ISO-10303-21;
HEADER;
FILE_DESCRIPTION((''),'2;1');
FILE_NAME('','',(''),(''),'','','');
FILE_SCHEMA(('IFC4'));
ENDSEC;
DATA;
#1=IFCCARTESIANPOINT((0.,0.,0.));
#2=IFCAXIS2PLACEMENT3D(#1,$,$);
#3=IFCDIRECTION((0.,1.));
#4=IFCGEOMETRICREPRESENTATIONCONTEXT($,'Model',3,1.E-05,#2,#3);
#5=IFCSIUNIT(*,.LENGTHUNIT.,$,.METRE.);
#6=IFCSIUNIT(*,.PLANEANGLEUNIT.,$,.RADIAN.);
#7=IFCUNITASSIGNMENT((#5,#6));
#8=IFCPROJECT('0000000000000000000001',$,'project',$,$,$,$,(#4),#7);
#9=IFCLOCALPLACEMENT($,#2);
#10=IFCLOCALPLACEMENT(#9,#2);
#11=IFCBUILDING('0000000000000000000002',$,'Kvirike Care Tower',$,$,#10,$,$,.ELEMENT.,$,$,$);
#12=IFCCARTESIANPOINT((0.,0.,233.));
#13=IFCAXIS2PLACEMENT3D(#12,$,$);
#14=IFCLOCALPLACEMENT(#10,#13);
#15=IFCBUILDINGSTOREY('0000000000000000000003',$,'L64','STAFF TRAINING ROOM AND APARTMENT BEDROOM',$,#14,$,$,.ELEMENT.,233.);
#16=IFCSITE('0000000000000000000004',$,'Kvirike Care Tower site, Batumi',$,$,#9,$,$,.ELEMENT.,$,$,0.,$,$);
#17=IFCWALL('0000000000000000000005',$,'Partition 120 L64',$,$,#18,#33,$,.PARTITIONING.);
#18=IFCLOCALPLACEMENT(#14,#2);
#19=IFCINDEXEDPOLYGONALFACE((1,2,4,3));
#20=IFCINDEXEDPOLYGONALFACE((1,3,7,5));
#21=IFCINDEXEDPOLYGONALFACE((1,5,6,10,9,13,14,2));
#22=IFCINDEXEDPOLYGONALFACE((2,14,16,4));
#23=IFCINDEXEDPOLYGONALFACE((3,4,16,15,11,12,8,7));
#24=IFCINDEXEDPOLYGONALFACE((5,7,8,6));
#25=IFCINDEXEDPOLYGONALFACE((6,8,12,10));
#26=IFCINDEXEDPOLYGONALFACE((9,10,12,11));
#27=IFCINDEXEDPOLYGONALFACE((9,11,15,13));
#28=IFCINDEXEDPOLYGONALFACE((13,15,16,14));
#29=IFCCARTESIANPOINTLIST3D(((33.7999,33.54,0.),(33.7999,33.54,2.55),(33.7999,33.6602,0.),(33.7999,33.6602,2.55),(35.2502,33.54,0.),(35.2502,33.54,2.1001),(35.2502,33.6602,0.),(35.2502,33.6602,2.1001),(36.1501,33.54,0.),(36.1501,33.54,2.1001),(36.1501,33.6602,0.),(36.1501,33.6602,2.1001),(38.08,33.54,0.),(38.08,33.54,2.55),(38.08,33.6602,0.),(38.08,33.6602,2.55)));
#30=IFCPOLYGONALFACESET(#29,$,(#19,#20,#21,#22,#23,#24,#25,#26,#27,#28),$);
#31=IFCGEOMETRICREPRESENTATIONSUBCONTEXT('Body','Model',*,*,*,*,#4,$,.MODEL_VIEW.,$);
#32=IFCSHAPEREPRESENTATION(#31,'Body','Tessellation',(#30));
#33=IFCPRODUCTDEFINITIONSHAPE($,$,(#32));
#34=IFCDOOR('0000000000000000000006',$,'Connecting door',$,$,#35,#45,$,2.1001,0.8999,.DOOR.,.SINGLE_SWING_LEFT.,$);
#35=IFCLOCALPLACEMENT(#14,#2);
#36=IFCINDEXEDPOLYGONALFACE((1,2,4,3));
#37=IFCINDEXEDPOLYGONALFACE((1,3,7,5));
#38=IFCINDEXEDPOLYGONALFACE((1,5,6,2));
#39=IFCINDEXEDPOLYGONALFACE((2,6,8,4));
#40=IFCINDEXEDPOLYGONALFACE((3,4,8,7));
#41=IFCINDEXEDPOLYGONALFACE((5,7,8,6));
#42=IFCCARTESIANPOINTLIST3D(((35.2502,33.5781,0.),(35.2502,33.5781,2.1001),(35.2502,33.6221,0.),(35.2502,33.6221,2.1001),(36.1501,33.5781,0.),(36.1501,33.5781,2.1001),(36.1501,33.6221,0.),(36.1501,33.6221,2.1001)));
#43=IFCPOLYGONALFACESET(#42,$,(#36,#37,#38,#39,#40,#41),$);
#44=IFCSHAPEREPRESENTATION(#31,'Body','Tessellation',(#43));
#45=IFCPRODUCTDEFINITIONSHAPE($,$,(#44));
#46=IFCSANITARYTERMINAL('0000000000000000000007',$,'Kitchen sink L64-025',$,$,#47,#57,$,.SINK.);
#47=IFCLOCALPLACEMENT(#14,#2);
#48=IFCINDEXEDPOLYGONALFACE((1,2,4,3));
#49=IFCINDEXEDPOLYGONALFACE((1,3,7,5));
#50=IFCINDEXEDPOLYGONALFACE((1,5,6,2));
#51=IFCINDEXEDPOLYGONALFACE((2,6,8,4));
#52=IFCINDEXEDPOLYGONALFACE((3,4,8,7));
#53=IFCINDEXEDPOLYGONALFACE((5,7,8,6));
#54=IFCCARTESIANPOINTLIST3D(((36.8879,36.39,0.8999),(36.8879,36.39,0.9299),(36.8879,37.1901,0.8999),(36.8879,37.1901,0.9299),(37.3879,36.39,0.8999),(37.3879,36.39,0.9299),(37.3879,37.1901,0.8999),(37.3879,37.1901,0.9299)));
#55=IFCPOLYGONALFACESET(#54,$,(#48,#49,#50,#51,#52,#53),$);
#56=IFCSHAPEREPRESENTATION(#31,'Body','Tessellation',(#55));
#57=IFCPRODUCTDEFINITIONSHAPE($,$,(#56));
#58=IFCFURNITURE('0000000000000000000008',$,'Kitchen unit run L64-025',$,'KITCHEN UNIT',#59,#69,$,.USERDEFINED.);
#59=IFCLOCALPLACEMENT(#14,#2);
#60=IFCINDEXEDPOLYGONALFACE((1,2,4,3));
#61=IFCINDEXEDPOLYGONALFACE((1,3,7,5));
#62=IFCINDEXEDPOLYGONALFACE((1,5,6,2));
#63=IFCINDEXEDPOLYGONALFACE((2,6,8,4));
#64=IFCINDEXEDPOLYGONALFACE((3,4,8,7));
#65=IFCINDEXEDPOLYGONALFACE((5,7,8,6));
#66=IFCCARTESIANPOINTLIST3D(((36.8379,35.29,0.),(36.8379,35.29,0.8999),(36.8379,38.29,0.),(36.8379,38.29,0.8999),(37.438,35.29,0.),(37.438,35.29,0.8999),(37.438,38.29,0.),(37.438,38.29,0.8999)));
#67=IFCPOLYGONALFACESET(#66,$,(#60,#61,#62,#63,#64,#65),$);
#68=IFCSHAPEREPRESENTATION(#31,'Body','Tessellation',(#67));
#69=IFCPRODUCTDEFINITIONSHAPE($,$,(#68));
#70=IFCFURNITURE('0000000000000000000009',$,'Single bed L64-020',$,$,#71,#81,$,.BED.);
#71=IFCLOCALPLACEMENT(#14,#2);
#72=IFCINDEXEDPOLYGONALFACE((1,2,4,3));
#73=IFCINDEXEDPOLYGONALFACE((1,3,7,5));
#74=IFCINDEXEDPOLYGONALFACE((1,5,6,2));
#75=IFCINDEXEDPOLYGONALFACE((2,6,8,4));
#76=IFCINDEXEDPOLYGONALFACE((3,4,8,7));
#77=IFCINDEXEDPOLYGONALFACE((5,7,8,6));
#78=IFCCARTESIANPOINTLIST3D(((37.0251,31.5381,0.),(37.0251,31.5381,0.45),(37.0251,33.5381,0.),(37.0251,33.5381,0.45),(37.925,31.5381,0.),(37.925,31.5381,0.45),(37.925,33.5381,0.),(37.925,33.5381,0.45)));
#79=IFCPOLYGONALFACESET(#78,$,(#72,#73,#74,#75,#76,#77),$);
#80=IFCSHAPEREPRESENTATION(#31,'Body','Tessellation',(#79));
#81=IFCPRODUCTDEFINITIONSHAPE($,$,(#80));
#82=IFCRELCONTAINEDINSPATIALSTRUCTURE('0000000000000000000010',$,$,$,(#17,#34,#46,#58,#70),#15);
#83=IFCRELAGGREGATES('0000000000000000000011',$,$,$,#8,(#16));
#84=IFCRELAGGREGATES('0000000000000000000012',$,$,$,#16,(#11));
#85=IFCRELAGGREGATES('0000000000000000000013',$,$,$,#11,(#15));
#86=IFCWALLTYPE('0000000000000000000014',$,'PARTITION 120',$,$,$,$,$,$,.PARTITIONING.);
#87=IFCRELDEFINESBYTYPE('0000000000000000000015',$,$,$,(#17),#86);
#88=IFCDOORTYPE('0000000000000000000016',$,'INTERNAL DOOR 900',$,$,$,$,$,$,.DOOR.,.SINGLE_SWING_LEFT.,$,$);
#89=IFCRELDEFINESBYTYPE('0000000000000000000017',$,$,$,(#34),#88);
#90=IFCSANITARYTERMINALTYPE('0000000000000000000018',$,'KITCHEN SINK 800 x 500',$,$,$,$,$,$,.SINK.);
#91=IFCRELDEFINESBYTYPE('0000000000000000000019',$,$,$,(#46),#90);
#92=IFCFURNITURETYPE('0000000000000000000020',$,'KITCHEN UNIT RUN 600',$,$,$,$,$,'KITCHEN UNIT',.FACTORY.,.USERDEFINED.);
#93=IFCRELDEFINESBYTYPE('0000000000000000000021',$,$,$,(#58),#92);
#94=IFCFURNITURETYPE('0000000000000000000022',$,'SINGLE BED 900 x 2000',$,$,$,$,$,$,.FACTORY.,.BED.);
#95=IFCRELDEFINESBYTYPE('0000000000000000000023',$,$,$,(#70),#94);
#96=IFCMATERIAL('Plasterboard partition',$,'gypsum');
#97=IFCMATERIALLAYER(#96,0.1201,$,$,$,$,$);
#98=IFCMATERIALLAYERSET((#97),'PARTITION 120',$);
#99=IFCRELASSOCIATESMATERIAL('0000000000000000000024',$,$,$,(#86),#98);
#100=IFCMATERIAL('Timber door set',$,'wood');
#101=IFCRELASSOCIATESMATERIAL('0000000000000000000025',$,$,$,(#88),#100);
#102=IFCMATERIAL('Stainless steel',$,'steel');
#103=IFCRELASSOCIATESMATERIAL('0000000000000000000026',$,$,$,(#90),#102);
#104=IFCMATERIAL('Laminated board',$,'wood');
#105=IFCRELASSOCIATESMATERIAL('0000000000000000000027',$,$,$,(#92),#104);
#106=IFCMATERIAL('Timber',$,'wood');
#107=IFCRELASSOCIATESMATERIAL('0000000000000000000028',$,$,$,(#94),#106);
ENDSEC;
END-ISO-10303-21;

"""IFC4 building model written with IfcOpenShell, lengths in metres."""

from ifc_helpers import new_model, si_unit, direction, frame, frame_2d, origin, origin_2d, place, context, subcontext, project, spatial, rectangle, extrude, material, layer, layer_set, type_object, element, fill, save


model = new_model("IFC4")

# Units and contexts
model_context = context("Model", 3, precision=1e-05, world=origin(), true_north=direction((0.0, 1.0)))
body_context = subcontext(model_context, "Body", "Model", "MODEL_VIEW")
ifc_project = project(units=[si_unit("LENGTHUNIT", "METRE"), si_unit("PLANEANGLEUNIT", "RADIAN")], contexts=[model_context])

# Site, building, storey
site_placement = place(None, origin())
site = spatial("IfcSite", under=ifc_project, at=site_placement, Name="Kvirike Care Tower site, Batumi", CompositionType="ELEMENT", RefElevation=0.0)
building_placement = place(site_placement, origin())
building = spatial("IfcBuilding", under=site, at=building_placement, Name="Kvirike Care Tower", CompositionType="ELEMENT")
storey_placement = place(building_placement, frame((0.0, 0.0, 233.0)))
storey = spatial("IfcBuildingStorey", under=building, at=storey_placement, Name="L64", Description="STAFF TRAINING ROOM AND APARTMENT BEDROOM", CompositionType="ELEMENT", Elevation=233.0)

# Wall, opening, door
ifc_material_1 = material(Name="Plasterboard partition", Category="gypsum")
ifc_layer_1 = layer(ifc_material_1, 0.1201)
ifc_layer_set_1 = layer_set([ifc_layer_1], Name="PARTITION 120")
wall_type = type_object("IfcWallType", Name="PARTITION 120", PredefinedType="PARTITIONING", material=ifc_layer_set_1)
ifc_material_2 = material(Name="Timber door set", Category="wood")
door_type = type_object("IfcDoorType", Name="INTERNAL DOOR 900", OperationType="SINGLE_SWING_LEFT", PredefinedType="DOOR", material=ifc_material_2)
wall_1_placement = place(storey_placement, frame((38.0801, 33.6001, 0.0), z_axis=(0.0, 0.0, 1.0), x_axis=(-1.0, 0.0, 0.0)))
wall_1 = element("IfcWall", 1, at=wall_1_placement, inside=storey, type_object=wall_type, Name="Partition 120 L64", PredefinedType="PARTITIONING", context=body_context, shape_type="SweptSolid", body=[
    extrude(rectangle(XDim=4.28, YDim=0.1201, at=frame_2d((2.1401, 0.0))), origin(), (0.0, 0.0, 1.0), 2.55),
])
opening_1_placement = place(wall_1_placement, frame((1.9299, 0.0, 0.0)))
opening_1 = element("IfcOpeningElement", 2, at=opening_1_placement, cuts=wall_1, PredefinedType="OPENING", context=body_context, shape_type="SweptSolid", body=[
    extrude(rectangle(XDim=0.8999, YDim=2.1001, at=frame_2d((0.45, 1.05))), frame((0.0, 0.0706, 0.0), z_axis=(0.0, -1.0, 0.0), x_axis=(1.0, 0.0, 0.0)), (0.0, 0.0, 1.0), 0.1411),
])
door_1_placement = place(opening_1_placement, origin())
door_1 = element("IfcDoor", 3, at=door_1_placement, inside=storey, type_object=door_type, Name="Connecting door", OperationType="SINGLE_SWING_LEFT", OverallHeight=2.1001, OverallWidth=0.8999, PredefinedType="DOOR", context=body_context, shape_type="SweptSolid", body=[
    extrude(rectangle(XDim=0.8999, YDim=2.1001, at=frame_2d((0.45, 1.05))), frame((0.0, 0.022, 0.0), z_axis=(0.0, -1.0, 0.0), x_axis=(1.0, 0.0, 0.0)), (0.0, 0.0, 1.0), 0.0439),
])
fill(opening_1, door_1)

# Sanitary terminal
ifc_material_3 = material(Name="Stainless steel", Category="steel")
sanitary_terminal_type = type_object("IfcSanitaryTerminalType", Name="KITCHEN SINK 800 x 500", PredefinedType="SINK", material=ifc_material_3)
sanitary_terminal_placement = place(storey_placement, frame((37.1379, 36.79, 0.8999), z_axis=(0.0, 0.0, 1.0), x_axis=(0.0, -1.0, 0.0)))
element("IfcSanitaryTerminal", 4, at=sanitary_terminal_placement, inside=storey, type_object=sanitary_terminal_type, Name="Kitchen sink L64-025", PredefinedType="SINK", context=body_context, shape_type="SweptSolid", body=[
    extrude(rectangle(XDim=0.8, YDim=0.5, at=origin_2d()), origin(), (0.0, 0.0, 1.0), 0.03),
])

# Furniture
ifc_material_4 = material(Name="Laminated board", Category="wood")
furniture_type_1 = type_object("IfcFurnitureType", Name="KITCHEN UNIT RUN 600", ElementType="KITCHEN UNIT", AssemblyPlace="FACTORY", PredefinedType="USERDEFINED", material=ifc_material_4)
furniture_1_placement = place(storey_placement, frame((37.1379, 36.79, 0.0), z_axis=(0.0, 0.0, 1.0), x_axis=(0.0, -1.0, 0.0)))
element("IfcFurniture", 5, at=furniture_1_placement, inside=storey, type_object=furniture_type_1, Name="Kitchen unit run L64-025", ObjectType="KITCHEN UNIT", PredefinedType="USERDEFINED", context=body_context, shape_type="SweptSolid", body=[
    extrude(rectangle(XDim=3.0, YDim=0.6001, at=origin_2d()), origin(), (0.0, 0.0, 1.0), 0.8999),
])
ifc_material_5 = material(Name="Timber", Category="wood")
furniture_type_2 = type_object("IfcFurnitureType", Name="SINGLE BED 900 x 2000", AssemblyPlace="FACTORY", PredefinedType="BED", material=ifc_material_5)
furniture_2_placement = place(storey_placement, frame((37.4751, 32.5381, 0.0), z_axis=(0.0, 0.0, 1.0), x_axis=(1.0, 0.0, 0.0)))
element("IfcFurniture", 6, at=furniture_2_placement, inside=storey, type_object=furniture_type_2, Name="Single bed L64-020", PredefinedType="BED", context=body_context, shape_type="SweptSolid", body=[
    extrude(rectangle(XDim=0.8999, YDim=2.0, at=origin_2d()), origin(), (0.0, 0.0, 1.0), 0.45),
])

save(model, "model.ifc")
